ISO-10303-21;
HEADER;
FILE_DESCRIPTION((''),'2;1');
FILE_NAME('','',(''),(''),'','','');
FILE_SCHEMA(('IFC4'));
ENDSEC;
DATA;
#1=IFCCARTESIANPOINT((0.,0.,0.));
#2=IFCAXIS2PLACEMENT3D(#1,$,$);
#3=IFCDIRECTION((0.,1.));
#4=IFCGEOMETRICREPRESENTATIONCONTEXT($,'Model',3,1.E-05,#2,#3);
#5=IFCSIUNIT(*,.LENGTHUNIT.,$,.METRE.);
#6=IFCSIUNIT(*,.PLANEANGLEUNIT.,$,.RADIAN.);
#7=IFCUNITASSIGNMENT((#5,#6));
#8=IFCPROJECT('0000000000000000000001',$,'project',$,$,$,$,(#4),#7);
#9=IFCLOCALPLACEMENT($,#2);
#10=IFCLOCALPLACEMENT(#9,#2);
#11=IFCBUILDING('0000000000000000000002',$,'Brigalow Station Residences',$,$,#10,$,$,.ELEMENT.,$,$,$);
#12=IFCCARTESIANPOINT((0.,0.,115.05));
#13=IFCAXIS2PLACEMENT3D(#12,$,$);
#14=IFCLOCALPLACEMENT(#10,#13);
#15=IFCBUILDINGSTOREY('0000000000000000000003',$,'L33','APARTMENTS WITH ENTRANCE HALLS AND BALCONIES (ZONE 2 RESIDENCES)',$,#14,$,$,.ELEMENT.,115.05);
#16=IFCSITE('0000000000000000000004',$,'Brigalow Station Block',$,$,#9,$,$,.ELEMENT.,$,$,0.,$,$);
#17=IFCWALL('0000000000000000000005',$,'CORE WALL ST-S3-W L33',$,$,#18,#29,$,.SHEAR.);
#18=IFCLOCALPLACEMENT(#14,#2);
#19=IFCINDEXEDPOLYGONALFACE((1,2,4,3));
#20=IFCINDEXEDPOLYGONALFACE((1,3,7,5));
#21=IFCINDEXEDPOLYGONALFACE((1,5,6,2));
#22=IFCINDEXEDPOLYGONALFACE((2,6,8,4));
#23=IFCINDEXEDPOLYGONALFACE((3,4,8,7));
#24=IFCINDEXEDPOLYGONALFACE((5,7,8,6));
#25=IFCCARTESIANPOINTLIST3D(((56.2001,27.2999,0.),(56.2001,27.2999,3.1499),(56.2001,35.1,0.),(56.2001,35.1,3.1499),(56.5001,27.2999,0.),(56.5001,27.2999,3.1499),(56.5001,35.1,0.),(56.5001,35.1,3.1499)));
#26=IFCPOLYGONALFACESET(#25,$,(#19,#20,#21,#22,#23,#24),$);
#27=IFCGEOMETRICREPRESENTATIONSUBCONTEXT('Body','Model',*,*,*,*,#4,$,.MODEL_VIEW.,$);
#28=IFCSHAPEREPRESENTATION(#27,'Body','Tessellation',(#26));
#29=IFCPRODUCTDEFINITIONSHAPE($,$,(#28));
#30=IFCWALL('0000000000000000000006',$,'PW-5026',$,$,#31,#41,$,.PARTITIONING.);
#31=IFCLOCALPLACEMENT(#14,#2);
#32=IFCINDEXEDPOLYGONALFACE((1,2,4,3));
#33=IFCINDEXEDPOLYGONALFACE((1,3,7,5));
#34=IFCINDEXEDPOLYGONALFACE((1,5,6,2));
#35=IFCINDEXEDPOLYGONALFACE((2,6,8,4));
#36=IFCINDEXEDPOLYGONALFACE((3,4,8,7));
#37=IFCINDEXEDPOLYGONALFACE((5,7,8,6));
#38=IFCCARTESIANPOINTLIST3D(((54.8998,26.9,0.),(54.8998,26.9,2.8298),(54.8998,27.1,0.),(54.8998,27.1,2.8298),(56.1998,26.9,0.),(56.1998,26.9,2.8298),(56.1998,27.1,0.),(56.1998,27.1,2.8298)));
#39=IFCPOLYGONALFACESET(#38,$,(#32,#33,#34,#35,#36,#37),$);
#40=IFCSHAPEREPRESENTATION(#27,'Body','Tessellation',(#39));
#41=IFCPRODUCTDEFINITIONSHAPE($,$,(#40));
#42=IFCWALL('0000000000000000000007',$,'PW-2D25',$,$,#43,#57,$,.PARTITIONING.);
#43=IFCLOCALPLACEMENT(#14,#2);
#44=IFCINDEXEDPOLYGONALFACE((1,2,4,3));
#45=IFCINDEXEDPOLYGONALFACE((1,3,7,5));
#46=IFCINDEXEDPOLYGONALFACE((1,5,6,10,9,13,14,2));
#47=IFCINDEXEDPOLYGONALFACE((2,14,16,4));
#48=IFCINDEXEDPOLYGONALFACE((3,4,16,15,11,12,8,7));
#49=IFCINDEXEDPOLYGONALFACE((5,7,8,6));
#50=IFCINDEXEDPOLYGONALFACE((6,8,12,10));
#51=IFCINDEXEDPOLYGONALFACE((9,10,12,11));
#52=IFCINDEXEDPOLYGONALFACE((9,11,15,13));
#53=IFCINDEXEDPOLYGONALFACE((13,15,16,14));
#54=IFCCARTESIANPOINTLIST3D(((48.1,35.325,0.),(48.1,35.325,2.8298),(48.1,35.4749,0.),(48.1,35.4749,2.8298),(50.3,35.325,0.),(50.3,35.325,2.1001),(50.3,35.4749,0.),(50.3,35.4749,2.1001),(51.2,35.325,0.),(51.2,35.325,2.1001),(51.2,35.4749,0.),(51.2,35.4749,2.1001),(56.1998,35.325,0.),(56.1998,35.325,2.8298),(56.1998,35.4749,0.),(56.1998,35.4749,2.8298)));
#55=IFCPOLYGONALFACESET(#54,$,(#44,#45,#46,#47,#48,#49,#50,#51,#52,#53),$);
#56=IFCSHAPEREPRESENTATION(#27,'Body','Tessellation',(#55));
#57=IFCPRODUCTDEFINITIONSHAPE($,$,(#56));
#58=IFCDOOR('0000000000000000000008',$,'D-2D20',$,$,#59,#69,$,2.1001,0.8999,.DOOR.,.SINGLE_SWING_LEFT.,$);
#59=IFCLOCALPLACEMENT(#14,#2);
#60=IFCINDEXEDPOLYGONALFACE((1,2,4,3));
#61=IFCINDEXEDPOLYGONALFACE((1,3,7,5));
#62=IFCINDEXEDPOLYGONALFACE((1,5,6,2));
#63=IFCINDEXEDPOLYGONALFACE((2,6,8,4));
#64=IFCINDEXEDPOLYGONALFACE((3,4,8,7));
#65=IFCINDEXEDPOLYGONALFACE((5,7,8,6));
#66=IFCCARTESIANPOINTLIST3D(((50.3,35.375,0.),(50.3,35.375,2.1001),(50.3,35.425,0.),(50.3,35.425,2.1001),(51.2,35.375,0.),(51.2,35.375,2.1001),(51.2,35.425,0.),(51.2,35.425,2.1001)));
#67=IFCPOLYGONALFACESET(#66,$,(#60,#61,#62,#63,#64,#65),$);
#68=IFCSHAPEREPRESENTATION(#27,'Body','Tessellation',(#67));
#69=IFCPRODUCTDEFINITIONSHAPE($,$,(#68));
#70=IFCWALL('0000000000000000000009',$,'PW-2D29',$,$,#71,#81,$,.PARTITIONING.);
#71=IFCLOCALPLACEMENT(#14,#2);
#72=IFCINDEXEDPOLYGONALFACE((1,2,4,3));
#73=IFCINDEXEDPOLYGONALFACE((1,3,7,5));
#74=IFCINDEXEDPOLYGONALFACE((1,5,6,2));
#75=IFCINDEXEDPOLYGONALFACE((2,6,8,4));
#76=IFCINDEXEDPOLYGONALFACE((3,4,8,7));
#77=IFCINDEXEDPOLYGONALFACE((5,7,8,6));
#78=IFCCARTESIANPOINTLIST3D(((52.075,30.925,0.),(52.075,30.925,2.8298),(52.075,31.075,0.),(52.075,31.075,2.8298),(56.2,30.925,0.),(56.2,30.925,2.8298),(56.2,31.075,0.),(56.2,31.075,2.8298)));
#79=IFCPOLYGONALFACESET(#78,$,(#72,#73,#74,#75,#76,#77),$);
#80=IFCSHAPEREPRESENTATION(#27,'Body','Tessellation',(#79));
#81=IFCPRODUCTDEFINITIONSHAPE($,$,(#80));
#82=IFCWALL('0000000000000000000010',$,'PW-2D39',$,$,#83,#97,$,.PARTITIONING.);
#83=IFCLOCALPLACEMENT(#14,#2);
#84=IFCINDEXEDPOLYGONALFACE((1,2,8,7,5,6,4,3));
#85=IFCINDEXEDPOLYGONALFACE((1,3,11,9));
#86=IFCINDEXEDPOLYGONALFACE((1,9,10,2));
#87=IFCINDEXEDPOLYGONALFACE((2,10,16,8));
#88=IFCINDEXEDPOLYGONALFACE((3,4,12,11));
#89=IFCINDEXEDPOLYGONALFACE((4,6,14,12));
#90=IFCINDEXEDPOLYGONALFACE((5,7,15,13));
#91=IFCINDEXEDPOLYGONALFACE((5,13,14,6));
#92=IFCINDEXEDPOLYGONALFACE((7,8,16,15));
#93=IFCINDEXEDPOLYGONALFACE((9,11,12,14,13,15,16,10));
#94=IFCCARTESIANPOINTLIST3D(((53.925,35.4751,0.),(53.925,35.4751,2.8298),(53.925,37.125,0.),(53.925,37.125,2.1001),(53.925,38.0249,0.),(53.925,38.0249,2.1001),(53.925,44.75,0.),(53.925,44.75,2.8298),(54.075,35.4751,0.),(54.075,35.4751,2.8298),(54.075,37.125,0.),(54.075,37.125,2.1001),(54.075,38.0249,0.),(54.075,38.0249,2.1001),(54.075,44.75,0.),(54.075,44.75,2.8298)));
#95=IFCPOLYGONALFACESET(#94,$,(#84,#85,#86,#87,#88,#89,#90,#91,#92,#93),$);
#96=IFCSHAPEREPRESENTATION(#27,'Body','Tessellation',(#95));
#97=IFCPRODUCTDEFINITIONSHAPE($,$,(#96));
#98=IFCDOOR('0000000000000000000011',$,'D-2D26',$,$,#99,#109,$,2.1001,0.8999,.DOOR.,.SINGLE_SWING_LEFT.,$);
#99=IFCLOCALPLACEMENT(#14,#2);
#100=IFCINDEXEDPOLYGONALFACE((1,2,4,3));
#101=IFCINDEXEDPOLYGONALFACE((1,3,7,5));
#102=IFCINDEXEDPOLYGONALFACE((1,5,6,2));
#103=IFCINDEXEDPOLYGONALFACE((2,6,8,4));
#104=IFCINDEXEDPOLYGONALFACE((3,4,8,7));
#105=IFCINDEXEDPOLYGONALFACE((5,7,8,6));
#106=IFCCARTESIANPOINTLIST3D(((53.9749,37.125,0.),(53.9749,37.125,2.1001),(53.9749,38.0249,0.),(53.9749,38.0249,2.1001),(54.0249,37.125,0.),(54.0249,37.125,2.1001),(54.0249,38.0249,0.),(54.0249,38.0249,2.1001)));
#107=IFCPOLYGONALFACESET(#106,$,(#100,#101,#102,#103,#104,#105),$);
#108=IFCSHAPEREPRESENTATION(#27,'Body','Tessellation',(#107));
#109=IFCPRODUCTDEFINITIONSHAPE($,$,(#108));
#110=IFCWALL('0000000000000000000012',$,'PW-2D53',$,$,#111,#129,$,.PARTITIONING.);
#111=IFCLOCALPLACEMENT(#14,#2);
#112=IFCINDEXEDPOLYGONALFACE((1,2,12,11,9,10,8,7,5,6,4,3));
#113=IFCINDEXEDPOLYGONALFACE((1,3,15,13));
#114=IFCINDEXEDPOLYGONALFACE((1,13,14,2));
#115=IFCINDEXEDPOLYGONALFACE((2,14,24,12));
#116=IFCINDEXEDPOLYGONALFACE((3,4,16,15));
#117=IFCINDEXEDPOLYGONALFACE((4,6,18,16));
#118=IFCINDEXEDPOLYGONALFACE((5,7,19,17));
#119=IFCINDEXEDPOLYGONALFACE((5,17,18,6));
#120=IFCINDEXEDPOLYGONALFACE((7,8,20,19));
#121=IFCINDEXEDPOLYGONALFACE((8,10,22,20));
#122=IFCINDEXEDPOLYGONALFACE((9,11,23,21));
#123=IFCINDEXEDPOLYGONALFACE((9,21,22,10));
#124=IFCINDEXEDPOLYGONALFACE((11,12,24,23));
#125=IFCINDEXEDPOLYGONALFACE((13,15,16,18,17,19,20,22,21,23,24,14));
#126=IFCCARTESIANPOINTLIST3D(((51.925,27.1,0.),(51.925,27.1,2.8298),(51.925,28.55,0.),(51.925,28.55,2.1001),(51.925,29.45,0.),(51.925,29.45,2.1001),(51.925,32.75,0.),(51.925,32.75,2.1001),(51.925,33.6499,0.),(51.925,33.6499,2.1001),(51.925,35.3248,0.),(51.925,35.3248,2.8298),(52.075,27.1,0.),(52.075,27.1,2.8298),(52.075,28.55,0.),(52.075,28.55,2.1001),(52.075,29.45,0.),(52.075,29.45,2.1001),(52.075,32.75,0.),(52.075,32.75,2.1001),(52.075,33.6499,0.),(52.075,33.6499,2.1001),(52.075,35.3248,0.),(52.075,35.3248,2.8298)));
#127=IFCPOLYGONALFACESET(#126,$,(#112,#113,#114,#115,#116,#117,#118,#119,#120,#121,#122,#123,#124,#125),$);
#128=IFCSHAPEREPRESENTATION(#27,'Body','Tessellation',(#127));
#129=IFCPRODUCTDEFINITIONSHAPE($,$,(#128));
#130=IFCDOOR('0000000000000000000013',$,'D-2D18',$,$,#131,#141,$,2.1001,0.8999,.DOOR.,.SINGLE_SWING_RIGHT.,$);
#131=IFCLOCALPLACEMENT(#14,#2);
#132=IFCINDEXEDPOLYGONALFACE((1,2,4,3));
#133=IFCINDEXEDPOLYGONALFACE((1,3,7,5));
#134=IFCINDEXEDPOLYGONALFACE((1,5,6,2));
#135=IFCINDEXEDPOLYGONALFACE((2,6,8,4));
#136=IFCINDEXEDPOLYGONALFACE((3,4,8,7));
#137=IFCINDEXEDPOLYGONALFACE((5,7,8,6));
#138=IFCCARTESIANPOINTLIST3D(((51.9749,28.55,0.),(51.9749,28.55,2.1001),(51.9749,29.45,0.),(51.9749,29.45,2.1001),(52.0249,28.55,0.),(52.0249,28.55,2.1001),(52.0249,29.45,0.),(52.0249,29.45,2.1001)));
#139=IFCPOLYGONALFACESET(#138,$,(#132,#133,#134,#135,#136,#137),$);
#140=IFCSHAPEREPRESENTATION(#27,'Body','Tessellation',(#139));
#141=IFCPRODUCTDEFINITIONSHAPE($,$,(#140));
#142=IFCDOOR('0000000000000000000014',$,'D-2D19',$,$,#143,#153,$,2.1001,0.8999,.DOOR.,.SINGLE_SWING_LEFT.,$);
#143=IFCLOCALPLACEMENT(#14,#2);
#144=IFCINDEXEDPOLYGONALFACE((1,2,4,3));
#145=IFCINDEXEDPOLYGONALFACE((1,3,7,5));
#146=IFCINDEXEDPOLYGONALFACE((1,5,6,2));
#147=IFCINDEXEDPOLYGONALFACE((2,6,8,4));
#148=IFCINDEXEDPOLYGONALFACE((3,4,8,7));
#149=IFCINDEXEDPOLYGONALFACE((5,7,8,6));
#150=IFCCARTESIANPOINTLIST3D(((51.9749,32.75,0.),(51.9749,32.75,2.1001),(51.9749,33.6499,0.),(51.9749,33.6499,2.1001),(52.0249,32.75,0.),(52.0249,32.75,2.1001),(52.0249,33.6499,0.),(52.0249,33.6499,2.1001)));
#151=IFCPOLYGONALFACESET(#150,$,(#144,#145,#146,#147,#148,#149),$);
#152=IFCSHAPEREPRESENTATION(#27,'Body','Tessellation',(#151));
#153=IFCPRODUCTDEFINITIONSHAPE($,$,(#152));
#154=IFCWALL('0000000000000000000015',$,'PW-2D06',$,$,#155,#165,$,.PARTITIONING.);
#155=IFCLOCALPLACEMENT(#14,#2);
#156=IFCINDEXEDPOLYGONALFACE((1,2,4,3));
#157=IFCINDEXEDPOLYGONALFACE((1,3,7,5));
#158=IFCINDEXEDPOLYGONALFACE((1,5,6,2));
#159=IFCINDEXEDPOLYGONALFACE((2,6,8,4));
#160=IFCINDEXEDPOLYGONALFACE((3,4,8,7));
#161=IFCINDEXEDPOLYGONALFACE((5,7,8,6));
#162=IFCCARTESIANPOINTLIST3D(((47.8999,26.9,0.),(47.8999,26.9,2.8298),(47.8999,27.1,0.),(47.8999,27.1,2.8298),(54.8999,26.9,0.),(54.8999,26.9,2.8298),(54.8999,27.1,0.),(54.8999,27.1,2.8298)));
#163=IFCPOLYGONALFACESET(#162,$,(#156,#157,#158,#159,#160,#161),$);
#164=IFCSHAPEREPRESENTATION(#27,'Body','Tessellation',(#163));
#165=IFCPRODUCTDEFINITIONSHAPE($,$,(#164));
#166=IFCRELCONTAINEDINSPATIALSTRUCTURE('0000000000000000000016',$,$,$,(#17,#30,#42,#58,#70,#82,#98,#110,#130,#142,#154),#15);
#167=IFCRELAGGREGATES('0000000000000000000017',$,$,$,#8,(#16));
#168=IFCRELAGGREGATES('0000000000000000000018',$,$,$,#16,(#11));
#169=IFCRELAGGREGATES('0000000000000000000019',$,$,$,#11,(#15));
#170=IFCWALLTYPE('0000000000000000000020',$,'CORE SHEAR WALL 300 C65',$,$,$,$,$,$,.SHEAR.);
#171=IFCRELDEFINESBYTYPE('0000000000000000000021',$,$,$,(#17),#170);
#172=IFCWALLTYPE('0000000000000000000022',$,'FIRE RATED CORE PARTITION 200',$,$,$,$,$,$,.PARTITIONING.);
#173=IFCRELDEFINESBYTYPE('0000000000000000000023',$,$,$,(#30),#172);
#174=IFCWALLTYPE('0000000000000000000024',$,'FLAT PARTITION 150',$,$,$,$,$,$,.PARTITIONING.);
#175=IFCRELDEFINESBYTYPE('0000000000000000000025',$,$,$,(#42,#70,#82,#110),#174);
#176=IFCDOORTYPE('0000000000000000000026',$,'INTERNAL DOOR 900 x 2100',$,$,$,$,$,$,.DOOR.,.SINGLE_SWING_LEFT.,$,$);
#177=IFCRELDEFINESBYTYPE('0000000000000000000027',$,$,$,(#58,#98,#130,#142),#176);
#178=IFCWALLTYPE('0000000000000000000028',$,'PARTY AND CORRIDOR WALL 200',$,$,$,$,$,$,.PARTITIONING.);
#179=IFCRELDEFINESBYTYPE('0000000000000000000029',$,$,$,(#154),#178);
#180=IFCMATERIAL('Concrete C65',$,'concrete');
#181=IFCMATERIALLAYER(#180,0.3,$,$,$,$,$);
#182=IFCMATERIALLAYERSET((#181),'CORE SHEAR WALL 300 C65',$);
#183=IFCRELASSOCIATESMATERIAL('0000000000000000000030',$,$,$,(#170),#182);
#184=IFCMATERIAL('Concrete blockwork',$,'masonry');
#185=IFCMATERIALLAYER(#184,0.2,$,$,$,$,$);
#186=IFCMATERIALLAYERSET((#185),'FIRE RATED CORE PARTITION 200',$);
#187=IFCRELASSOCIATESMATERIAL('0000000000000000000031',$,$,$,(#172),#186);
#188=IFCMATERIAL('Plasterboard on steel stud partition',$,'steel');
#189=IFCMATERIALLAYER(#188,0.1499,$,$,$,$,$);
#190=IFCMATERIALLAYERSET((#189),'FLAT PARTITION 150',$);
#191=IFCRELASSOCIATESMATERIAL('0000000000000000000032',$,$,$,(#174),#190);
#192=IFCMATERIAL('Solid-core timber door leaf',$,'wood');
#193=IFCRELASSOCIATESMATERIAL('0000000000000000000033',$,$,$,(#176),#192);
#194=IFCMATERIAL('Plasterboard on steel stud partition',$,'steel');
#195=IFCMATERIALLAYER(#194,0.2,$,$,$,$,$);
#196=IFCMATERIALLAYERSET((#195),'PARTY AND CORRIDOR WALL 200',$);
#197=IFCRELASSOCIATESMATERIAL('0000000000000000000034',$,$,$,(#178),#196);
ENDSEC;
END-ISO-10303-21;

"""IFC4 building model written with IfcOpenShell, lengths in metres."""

from ifc_helpers import new_model, si_unit, direction, frame, frame_2d, origin, place, context, subcontext, project, spatial, rectangle, extrude, material, layer, layer_set, type_object, element, fill, save


model = new_model("IFC4")

# Units and contexts
model_context = context("Model", 3, precision=1e-05, world=origin(), true_north=direction((0.0, 1.0)))
body_context = subcontext(model_context, "Body", "Model", "MODEL_VIEW")
ifc_project = project(units=[si_unit("LENGTHUNIT", "METRE"), si_unit("PLANEANGLEUNIT", "RADIAN")], contexts=[model_context])

# Site, building, storey
site_placement = place(None, origin())
site = spatial("IfcSite", under=ifc_project, at=site_placement, Name="Brigalow Station Block", CompositionType="ELEMENT", RefElevation=0.0)
building_placement = place(site_placement, origin())
building = spatial("IfcBuilding", under=site, at=building_placement, Name="Brigalow Station Residences", CompositionType="ELEMENT")
storey_placement = place(building_placement, frame((0.0, 0.0, 115.05)))
storey = spatial("IfcBuildingStorey", under=building, at=storey_placement, Name="L33", Description="APARTMENTS WITH ENTRANCE HALLS AND BALCONIES (ZONE 2 RESIDENCES)", CompositionType="ELEMENT", Elevation=115.05)

# Shared definitions
ifc_material_1 = material(Name="Concrete C65", Category="concrete")
ifc_layer_1 = layer(ifc_material_1, 0.3)
ifc_layer_set_1 = layer_set([ifc_layer_1], Name="CORE SHEAR WALL 300 C65")
wall_type_1 = type_object("IfcWallType", Name="CORE SHEAR WALL 300 C65", PredefinedType="SHEAR", material=ifc_layer_set_1)

# Walls
wall_1_placement = place(storey_placement, frame((56.3501, 27.3, 0.0), z_axis=(0.0, 0.0, 1.0), x_axis=(0.0, 1.0, 0.0)))
element("IfcWall", 1, at=wall_1_placement, inside=storey, type_object=wall_type_1, Name="CORE WALL ST-S3-W L33", PredefinedType="SHEAR", context=body_context, shape_type="SweptSolid", body=[
    extrude(rectangle(XDim=7.8, YDim=0.3, at=frame_2d((3.8999, 0.0))), origin(), (0.0, 0.0, 1.0), 3.1499),
])
ifc_material_2 = material(Name="Concrete blockwork", Category="masonry")
ifc_layer_2 = layer(ifc_material_2, 0.2)
ifc_layer_set_2 = layer_set([ifc_layer_2], Name="FIRE RATED CORE PARTITION 200")
wall_type_2 = type_object("IfcWallType", Name="FIRE RATED CORE PARTITION 200", PredefinedType="PARTITIONING", material=ifc_layer_set_2)
wall_2_placement = place(storey_placement, frame((54.8999, 27.0, 0.0), z_axis=(0.0, 0.0, 1.0), x_axis=(1.0, 0.0, 0.0)))
element("IfcWall", 2, at=wall_2_placement, inside=storey, type_object=wall_type_2, Name="PW-5026", PredefinedType="PARTITIONING", context=body_context, shape_type="SweptSolid", body=[
    extrude(rectangle(XDim=1.3, YDim=0.2, at=frame_2d((0.6499, 0.0))), origin(), (0.0, 0.0, 1.0), 2.8298),
])

# Wall, opening, door
ifc_material_3 = material(Name="Plasterboard on steel stud partition", Category="steel")
ifc_layer_3 = layer(ifc_material_3, 0.1499)
ifc_layer_set_3 = layer_set([ifc_layer_3], Name="FLAT PARTITION 150")
wall_type_3 = type_object("IfcWallType", Name="FLAT PARTITION 150", PredefinedType="PARTITIONING", material=ifc_layer_set_3)
wall_3_placement = place(storey_placement, frame((48.1001, 35.3999, 0.0), z_axis=(0.0, 0.0, 1.0), x_axis=(1.0, 0.0, 0.0)))
wall_3 = element("IfcWall", 3, at=wall_3_placement, inside=storey, type_object=wall_type_3, Name="PW-2D25", PredefinedType="PARTITIONING", context=body_context, shape_type="SweptSolid", body=[
    extrude(rectangle(XDim=8.0999, YDim=0.1499, at=frame_2d((4.0498, 0.0))), origin(), (0.0, 0.0, 1.0), 2.8298),
])
opening_1_placement = place(wall_3_placement, frame((2.2, 0.0, 0.0)))
opening_1 = element("IfcOpeningElement", 4, at=opening_1_placement, cuts=wall_3, PredefinedType="OPENING", context=body_context, shape_type="SweptSolid", body=[
    extrude(rectangle(XDim=0.8999, YDim=2.1001, at=frame_2d((0.45, 1.05))), frame((0.0, 0.085, 0.0), z_axis=(0.0, -1.0, 0.0), x_axis=(1.0, 0.0, 0.0)), (0.0, 0.0, 1.0), 0.1699),
])
ifc_material_4 = material(Name="Solid-core timber door leaf", Category="wood")
door_type_1 = type_object("IfcDoorType", Name="INTERNAL DOOR 900 x 2100", OperationType="SINGLE_SWING_LEFT", PredefinedType="DOOR", material=ifc_material_4)
door_1_placement = place(opening_1_placement, frame((0.8999, 0.0, 0.0), z_axis=(0.0, 0.0, 1.0), x_axis=(-1.0, 0.0, 0.0)))
door_1 = element("IfcDoor", 5, at=door_1_placement, inside=storey, type_object=door_type_1, Name="D-2D20", OperationType="SINGLE_SWING_LEFT", OverallHeight=2.1001, OverallWidth=0.8999, PredefinedType="DOOR", context=body_context, shape_type="SweptSolid", body=[
    extrude(rectangle(XDim=0.8999, YDim=2.1001, at=frame_2d((0.45, 1.05))), frame((0.0, 0.0249, 0.0), z_axis=(0.0, -1.0, 0.0), x_axis=(1.0, 0.0, 0.0)), (0.0, 0.0, 1.0), 0.05),
])
fill(opening_1, door_1)

# Wall
wall_4_placement = place(storey_placement, frame((52.075, 31.0, 0.0), z_axis=(0.0, 0.0, 1.0), x_axis=(1.0, 0.0, 0.0)))
element("IfcWall", 6, at=wall_4_placement, inside=storey, type_object=wall_type_3, Name="PW-2D29", PredefinedType="PARTITIONING", context=body_context, shape_type="SweptSolid", body=[
    extrude(rectangle(XDim=4.125, YDim=0.1499, at=frame_2d((2.0625, 0.0))), origin(), (0.0, 0.0, 1.0), 2.8298),
])

# Wall, opening, door
wall_5_placement = place(storey_placement, frame((54.0, 35.4751, 0.0), z_axis=(0.0, 0.0, 1.0), x_axis=(0.0, 1.0, 0.0)))
wall_5 = element("IfcWall", 7, at=wall_5_placement, inside=storey, type_object=wall_type_3, Name="PW-2D39", PredefinedType="PARTITIONING", context=body_context, shape_type="SweptSolid", body=[
    extrude(rectangle(XDim=9.2749, YDim=0.1499, at=frame_2d((4.6375, 0.0))), origin(), (0.0, 0.0, 1.0), 2.8298),
])
opening_2_placement = place(wall_5_placement, frame((1.6499, 0.0, 0.0)))
opening_2 = element("IfcOpeningElement", 8, at=opening_2_placement, cuts=wall_5, PredefinedType="OPENING", context=body_context, shape_type="SweptSolid", body=[
    extrude(rectangle(XDim=0.8999, YDim=2.1001, at=frame_2d((0.45, 1.05))), frame((0.0, 0.085, 0.0), z_axis=(0.0, -1.0, 0.0), x_axis=(1.0, 0.0, 0.0)), (0.0, 0.0, 1.0), 0.1699),
])
door_2_placement = place(opening_2_placement, frame((0.8999, 0.0, 0.0), z_axis=(0.0, 0.0, 1.0), x_axis=(-1.0, 0.0, 0.0)))
door_2 = element("IfcDoor", 9, at=door_2_placement, inside=storey, type_object=door_type_1, Name="D-2D26", OperationType="SINGLE_SWING_LEFT", OverallHeight=2.1001, OverallWidth=0.8999, PredefinedType="DOOR", context=body_context, shape_type="SweptSolid", body=[
    extrude(rectangle(XDim=0.8999, YDim=2.1001, at=frame_2d((0.45, 1.05))), frame((0.0, 0.0249, 0.0), z_axis=(0.0, -1.0, 0.0), x_axis=(1.0, 0.0, 0.0)), (0.0, 0.0, 1.0), 0.05),
])
fill(opening_2, door_2)

# Wall, openings, doors
wall_6_placement = place(storey_placement, frame((52.0, 27.1001, 0.0), z_axis=(0.0, 0.0, 1.0), x_axis=(0.0, 1.0, 0.0)))
wall_6 = element("IfcWall", 10, at=wall_6_placement, inside=storey, type_object=wall_type_3, Name="PW-2D53", PredefinedType="PARTITIONING", context=body_context, shape_type="SweptSolid", body=[
    extrude(rectangle(XDim=8.2249, YDim=0.1499, at=frame_2d((4.1123, 0.0))), origin(), (0.0, 0.0, 1.0), 2.8298),
])
opening_3_placement = place(wall_6_placement, frame((1.45, 0.0, 0.0)))
opening_3 = element("IfcOpeningElement", 11, at=opening_3_placement, cuts=wall_6, PredefinedType="OPENING", context=body_context, shape_type="SweptSolid", body=[
    extrude(rectangle(XDim=0.8999, YDim=2.1001, at=frame_2d((0.45, 1.05))), frame((0.0, 0.085, 0.0), z_axis=(0.0, -1.0, 0.0), x_axis=(1.0, 0.0, 0.0)), (0.0, 0.0, 1.0), 0.1699),
])
opening_4_placement = place(wall_6_placement, frame((5.6499, 0.0, 0.0)))
opening_4 = element("IfcOpeningElement", 12, at=opening_4_placement, cuts=wall_6, PredefinedType="OPENING", context=body_context, shape_type="SweptSolid", body=[
    extrude(rectangle(XDim=0.8999, YDim=2.1001, at=frame_2d((0.45, 1.05))), frame((0.0, 0.085, 0.0), z_axis=(0.0, -1.0, 0.0), x_axis=(1.0, 0.0, 0.0)), (0.0, 0.0, 1.0), 0.1699),
])
door_3_placement = place(opening_3_placement, frame((0.8999, 0.0, 0.0), z_axis=(0.0, 0.0, 1.0), x_axis=(-1.0, 0.0, 0.0)))
door_3 = element("IfcDoor", 13, at=door_3_placement, inside=storey, type_object=door_type_1, Name="D-2D18", OperationType="SINGLE_SWING_RIGHT", OverallHeight=2.1001, OverallWidth=0.8999, PredefinedType="DOOR", context=body_context, shape_type="SweptSolid", body=[
    extrude(rectangle(XDim=0.8999, YDim=2.1001, at=frame_2d((0.45, 1.05))), frame((0.0, 0.0249, 0.0), z_axis=(0.0, -1.0, 0.0), x_axis=(1.0, 0.0, 0.0)), (0.0, 0.0, 1.0), 0.05),
])
fill(opening_3, door_3)
door_4_placement = place(opening_4_placement, frame((0.8999, 0.0, 0.0), z_axis=(0.0, 0.0, 1.0), x_axis=(-1.0, 0.0, 0.0)))
door_4 = element("IfcDoor", 14, at=door_4_placement, inside=storey, type_object=door_type_1, Name="D-2D19", OperationType="SINGLE_SWING_LEFT", OverallHeight=2.1001, OverallWidth=0.8999, PredefinedType="DOOR", context=body_context, shape_type="SweptSolid", body=[
    extrude(rectangle(XDim=0.8999, YDim=2.1001, at=frame_2d((0.45, 1.05))), frame((0.0, 0.0249, 0.0), z_axis=(0.0, -1.0, 0.0), x_axis=(1.0, 0.0, 0.0)), (0.0, 0.0, 1.0), 0.05),
])
fill(opening_4, door_4)

# Wall
ifc_material_5 = material(Name="Plasterboard on steel stud partition", Category="steel")
ifc_layer_4 = layer(ifc_material_5, 0.2)
ifc_layer_set_4 = layer_set([ifc_layer_4], Name="PARTY AND CORRIDOR WALL 200")
wall_type_4 = type_object("IfcWallType", Name="PARTY AND CORRIDOR WALL 200", PredefinedType="PARTITIONING", material=ifc_layer_set_4)
wall_7_placement = place(storey_placement, frame((47.8999, 27.0, 0.0), z_axis=(0.0, 0.0, 1.0), x_axis=(1.0, 0.0, 0.0)))
element("IfcWall", 15, at=wall_7_placement, inside=storey, type_object=wall_type_4, Name="PW-2D06", PredefinedType="PARTITIONING", context=body_context, shape_type="SweptSolid", body=[
    extrude(rectangle(XDim=7.0, YDim=0.2, at=frame_2d((3.5, 0.0))), origin(), (0.0, 0.0, 1.0), 2.8298),
])

save(model, "model.ifc")
